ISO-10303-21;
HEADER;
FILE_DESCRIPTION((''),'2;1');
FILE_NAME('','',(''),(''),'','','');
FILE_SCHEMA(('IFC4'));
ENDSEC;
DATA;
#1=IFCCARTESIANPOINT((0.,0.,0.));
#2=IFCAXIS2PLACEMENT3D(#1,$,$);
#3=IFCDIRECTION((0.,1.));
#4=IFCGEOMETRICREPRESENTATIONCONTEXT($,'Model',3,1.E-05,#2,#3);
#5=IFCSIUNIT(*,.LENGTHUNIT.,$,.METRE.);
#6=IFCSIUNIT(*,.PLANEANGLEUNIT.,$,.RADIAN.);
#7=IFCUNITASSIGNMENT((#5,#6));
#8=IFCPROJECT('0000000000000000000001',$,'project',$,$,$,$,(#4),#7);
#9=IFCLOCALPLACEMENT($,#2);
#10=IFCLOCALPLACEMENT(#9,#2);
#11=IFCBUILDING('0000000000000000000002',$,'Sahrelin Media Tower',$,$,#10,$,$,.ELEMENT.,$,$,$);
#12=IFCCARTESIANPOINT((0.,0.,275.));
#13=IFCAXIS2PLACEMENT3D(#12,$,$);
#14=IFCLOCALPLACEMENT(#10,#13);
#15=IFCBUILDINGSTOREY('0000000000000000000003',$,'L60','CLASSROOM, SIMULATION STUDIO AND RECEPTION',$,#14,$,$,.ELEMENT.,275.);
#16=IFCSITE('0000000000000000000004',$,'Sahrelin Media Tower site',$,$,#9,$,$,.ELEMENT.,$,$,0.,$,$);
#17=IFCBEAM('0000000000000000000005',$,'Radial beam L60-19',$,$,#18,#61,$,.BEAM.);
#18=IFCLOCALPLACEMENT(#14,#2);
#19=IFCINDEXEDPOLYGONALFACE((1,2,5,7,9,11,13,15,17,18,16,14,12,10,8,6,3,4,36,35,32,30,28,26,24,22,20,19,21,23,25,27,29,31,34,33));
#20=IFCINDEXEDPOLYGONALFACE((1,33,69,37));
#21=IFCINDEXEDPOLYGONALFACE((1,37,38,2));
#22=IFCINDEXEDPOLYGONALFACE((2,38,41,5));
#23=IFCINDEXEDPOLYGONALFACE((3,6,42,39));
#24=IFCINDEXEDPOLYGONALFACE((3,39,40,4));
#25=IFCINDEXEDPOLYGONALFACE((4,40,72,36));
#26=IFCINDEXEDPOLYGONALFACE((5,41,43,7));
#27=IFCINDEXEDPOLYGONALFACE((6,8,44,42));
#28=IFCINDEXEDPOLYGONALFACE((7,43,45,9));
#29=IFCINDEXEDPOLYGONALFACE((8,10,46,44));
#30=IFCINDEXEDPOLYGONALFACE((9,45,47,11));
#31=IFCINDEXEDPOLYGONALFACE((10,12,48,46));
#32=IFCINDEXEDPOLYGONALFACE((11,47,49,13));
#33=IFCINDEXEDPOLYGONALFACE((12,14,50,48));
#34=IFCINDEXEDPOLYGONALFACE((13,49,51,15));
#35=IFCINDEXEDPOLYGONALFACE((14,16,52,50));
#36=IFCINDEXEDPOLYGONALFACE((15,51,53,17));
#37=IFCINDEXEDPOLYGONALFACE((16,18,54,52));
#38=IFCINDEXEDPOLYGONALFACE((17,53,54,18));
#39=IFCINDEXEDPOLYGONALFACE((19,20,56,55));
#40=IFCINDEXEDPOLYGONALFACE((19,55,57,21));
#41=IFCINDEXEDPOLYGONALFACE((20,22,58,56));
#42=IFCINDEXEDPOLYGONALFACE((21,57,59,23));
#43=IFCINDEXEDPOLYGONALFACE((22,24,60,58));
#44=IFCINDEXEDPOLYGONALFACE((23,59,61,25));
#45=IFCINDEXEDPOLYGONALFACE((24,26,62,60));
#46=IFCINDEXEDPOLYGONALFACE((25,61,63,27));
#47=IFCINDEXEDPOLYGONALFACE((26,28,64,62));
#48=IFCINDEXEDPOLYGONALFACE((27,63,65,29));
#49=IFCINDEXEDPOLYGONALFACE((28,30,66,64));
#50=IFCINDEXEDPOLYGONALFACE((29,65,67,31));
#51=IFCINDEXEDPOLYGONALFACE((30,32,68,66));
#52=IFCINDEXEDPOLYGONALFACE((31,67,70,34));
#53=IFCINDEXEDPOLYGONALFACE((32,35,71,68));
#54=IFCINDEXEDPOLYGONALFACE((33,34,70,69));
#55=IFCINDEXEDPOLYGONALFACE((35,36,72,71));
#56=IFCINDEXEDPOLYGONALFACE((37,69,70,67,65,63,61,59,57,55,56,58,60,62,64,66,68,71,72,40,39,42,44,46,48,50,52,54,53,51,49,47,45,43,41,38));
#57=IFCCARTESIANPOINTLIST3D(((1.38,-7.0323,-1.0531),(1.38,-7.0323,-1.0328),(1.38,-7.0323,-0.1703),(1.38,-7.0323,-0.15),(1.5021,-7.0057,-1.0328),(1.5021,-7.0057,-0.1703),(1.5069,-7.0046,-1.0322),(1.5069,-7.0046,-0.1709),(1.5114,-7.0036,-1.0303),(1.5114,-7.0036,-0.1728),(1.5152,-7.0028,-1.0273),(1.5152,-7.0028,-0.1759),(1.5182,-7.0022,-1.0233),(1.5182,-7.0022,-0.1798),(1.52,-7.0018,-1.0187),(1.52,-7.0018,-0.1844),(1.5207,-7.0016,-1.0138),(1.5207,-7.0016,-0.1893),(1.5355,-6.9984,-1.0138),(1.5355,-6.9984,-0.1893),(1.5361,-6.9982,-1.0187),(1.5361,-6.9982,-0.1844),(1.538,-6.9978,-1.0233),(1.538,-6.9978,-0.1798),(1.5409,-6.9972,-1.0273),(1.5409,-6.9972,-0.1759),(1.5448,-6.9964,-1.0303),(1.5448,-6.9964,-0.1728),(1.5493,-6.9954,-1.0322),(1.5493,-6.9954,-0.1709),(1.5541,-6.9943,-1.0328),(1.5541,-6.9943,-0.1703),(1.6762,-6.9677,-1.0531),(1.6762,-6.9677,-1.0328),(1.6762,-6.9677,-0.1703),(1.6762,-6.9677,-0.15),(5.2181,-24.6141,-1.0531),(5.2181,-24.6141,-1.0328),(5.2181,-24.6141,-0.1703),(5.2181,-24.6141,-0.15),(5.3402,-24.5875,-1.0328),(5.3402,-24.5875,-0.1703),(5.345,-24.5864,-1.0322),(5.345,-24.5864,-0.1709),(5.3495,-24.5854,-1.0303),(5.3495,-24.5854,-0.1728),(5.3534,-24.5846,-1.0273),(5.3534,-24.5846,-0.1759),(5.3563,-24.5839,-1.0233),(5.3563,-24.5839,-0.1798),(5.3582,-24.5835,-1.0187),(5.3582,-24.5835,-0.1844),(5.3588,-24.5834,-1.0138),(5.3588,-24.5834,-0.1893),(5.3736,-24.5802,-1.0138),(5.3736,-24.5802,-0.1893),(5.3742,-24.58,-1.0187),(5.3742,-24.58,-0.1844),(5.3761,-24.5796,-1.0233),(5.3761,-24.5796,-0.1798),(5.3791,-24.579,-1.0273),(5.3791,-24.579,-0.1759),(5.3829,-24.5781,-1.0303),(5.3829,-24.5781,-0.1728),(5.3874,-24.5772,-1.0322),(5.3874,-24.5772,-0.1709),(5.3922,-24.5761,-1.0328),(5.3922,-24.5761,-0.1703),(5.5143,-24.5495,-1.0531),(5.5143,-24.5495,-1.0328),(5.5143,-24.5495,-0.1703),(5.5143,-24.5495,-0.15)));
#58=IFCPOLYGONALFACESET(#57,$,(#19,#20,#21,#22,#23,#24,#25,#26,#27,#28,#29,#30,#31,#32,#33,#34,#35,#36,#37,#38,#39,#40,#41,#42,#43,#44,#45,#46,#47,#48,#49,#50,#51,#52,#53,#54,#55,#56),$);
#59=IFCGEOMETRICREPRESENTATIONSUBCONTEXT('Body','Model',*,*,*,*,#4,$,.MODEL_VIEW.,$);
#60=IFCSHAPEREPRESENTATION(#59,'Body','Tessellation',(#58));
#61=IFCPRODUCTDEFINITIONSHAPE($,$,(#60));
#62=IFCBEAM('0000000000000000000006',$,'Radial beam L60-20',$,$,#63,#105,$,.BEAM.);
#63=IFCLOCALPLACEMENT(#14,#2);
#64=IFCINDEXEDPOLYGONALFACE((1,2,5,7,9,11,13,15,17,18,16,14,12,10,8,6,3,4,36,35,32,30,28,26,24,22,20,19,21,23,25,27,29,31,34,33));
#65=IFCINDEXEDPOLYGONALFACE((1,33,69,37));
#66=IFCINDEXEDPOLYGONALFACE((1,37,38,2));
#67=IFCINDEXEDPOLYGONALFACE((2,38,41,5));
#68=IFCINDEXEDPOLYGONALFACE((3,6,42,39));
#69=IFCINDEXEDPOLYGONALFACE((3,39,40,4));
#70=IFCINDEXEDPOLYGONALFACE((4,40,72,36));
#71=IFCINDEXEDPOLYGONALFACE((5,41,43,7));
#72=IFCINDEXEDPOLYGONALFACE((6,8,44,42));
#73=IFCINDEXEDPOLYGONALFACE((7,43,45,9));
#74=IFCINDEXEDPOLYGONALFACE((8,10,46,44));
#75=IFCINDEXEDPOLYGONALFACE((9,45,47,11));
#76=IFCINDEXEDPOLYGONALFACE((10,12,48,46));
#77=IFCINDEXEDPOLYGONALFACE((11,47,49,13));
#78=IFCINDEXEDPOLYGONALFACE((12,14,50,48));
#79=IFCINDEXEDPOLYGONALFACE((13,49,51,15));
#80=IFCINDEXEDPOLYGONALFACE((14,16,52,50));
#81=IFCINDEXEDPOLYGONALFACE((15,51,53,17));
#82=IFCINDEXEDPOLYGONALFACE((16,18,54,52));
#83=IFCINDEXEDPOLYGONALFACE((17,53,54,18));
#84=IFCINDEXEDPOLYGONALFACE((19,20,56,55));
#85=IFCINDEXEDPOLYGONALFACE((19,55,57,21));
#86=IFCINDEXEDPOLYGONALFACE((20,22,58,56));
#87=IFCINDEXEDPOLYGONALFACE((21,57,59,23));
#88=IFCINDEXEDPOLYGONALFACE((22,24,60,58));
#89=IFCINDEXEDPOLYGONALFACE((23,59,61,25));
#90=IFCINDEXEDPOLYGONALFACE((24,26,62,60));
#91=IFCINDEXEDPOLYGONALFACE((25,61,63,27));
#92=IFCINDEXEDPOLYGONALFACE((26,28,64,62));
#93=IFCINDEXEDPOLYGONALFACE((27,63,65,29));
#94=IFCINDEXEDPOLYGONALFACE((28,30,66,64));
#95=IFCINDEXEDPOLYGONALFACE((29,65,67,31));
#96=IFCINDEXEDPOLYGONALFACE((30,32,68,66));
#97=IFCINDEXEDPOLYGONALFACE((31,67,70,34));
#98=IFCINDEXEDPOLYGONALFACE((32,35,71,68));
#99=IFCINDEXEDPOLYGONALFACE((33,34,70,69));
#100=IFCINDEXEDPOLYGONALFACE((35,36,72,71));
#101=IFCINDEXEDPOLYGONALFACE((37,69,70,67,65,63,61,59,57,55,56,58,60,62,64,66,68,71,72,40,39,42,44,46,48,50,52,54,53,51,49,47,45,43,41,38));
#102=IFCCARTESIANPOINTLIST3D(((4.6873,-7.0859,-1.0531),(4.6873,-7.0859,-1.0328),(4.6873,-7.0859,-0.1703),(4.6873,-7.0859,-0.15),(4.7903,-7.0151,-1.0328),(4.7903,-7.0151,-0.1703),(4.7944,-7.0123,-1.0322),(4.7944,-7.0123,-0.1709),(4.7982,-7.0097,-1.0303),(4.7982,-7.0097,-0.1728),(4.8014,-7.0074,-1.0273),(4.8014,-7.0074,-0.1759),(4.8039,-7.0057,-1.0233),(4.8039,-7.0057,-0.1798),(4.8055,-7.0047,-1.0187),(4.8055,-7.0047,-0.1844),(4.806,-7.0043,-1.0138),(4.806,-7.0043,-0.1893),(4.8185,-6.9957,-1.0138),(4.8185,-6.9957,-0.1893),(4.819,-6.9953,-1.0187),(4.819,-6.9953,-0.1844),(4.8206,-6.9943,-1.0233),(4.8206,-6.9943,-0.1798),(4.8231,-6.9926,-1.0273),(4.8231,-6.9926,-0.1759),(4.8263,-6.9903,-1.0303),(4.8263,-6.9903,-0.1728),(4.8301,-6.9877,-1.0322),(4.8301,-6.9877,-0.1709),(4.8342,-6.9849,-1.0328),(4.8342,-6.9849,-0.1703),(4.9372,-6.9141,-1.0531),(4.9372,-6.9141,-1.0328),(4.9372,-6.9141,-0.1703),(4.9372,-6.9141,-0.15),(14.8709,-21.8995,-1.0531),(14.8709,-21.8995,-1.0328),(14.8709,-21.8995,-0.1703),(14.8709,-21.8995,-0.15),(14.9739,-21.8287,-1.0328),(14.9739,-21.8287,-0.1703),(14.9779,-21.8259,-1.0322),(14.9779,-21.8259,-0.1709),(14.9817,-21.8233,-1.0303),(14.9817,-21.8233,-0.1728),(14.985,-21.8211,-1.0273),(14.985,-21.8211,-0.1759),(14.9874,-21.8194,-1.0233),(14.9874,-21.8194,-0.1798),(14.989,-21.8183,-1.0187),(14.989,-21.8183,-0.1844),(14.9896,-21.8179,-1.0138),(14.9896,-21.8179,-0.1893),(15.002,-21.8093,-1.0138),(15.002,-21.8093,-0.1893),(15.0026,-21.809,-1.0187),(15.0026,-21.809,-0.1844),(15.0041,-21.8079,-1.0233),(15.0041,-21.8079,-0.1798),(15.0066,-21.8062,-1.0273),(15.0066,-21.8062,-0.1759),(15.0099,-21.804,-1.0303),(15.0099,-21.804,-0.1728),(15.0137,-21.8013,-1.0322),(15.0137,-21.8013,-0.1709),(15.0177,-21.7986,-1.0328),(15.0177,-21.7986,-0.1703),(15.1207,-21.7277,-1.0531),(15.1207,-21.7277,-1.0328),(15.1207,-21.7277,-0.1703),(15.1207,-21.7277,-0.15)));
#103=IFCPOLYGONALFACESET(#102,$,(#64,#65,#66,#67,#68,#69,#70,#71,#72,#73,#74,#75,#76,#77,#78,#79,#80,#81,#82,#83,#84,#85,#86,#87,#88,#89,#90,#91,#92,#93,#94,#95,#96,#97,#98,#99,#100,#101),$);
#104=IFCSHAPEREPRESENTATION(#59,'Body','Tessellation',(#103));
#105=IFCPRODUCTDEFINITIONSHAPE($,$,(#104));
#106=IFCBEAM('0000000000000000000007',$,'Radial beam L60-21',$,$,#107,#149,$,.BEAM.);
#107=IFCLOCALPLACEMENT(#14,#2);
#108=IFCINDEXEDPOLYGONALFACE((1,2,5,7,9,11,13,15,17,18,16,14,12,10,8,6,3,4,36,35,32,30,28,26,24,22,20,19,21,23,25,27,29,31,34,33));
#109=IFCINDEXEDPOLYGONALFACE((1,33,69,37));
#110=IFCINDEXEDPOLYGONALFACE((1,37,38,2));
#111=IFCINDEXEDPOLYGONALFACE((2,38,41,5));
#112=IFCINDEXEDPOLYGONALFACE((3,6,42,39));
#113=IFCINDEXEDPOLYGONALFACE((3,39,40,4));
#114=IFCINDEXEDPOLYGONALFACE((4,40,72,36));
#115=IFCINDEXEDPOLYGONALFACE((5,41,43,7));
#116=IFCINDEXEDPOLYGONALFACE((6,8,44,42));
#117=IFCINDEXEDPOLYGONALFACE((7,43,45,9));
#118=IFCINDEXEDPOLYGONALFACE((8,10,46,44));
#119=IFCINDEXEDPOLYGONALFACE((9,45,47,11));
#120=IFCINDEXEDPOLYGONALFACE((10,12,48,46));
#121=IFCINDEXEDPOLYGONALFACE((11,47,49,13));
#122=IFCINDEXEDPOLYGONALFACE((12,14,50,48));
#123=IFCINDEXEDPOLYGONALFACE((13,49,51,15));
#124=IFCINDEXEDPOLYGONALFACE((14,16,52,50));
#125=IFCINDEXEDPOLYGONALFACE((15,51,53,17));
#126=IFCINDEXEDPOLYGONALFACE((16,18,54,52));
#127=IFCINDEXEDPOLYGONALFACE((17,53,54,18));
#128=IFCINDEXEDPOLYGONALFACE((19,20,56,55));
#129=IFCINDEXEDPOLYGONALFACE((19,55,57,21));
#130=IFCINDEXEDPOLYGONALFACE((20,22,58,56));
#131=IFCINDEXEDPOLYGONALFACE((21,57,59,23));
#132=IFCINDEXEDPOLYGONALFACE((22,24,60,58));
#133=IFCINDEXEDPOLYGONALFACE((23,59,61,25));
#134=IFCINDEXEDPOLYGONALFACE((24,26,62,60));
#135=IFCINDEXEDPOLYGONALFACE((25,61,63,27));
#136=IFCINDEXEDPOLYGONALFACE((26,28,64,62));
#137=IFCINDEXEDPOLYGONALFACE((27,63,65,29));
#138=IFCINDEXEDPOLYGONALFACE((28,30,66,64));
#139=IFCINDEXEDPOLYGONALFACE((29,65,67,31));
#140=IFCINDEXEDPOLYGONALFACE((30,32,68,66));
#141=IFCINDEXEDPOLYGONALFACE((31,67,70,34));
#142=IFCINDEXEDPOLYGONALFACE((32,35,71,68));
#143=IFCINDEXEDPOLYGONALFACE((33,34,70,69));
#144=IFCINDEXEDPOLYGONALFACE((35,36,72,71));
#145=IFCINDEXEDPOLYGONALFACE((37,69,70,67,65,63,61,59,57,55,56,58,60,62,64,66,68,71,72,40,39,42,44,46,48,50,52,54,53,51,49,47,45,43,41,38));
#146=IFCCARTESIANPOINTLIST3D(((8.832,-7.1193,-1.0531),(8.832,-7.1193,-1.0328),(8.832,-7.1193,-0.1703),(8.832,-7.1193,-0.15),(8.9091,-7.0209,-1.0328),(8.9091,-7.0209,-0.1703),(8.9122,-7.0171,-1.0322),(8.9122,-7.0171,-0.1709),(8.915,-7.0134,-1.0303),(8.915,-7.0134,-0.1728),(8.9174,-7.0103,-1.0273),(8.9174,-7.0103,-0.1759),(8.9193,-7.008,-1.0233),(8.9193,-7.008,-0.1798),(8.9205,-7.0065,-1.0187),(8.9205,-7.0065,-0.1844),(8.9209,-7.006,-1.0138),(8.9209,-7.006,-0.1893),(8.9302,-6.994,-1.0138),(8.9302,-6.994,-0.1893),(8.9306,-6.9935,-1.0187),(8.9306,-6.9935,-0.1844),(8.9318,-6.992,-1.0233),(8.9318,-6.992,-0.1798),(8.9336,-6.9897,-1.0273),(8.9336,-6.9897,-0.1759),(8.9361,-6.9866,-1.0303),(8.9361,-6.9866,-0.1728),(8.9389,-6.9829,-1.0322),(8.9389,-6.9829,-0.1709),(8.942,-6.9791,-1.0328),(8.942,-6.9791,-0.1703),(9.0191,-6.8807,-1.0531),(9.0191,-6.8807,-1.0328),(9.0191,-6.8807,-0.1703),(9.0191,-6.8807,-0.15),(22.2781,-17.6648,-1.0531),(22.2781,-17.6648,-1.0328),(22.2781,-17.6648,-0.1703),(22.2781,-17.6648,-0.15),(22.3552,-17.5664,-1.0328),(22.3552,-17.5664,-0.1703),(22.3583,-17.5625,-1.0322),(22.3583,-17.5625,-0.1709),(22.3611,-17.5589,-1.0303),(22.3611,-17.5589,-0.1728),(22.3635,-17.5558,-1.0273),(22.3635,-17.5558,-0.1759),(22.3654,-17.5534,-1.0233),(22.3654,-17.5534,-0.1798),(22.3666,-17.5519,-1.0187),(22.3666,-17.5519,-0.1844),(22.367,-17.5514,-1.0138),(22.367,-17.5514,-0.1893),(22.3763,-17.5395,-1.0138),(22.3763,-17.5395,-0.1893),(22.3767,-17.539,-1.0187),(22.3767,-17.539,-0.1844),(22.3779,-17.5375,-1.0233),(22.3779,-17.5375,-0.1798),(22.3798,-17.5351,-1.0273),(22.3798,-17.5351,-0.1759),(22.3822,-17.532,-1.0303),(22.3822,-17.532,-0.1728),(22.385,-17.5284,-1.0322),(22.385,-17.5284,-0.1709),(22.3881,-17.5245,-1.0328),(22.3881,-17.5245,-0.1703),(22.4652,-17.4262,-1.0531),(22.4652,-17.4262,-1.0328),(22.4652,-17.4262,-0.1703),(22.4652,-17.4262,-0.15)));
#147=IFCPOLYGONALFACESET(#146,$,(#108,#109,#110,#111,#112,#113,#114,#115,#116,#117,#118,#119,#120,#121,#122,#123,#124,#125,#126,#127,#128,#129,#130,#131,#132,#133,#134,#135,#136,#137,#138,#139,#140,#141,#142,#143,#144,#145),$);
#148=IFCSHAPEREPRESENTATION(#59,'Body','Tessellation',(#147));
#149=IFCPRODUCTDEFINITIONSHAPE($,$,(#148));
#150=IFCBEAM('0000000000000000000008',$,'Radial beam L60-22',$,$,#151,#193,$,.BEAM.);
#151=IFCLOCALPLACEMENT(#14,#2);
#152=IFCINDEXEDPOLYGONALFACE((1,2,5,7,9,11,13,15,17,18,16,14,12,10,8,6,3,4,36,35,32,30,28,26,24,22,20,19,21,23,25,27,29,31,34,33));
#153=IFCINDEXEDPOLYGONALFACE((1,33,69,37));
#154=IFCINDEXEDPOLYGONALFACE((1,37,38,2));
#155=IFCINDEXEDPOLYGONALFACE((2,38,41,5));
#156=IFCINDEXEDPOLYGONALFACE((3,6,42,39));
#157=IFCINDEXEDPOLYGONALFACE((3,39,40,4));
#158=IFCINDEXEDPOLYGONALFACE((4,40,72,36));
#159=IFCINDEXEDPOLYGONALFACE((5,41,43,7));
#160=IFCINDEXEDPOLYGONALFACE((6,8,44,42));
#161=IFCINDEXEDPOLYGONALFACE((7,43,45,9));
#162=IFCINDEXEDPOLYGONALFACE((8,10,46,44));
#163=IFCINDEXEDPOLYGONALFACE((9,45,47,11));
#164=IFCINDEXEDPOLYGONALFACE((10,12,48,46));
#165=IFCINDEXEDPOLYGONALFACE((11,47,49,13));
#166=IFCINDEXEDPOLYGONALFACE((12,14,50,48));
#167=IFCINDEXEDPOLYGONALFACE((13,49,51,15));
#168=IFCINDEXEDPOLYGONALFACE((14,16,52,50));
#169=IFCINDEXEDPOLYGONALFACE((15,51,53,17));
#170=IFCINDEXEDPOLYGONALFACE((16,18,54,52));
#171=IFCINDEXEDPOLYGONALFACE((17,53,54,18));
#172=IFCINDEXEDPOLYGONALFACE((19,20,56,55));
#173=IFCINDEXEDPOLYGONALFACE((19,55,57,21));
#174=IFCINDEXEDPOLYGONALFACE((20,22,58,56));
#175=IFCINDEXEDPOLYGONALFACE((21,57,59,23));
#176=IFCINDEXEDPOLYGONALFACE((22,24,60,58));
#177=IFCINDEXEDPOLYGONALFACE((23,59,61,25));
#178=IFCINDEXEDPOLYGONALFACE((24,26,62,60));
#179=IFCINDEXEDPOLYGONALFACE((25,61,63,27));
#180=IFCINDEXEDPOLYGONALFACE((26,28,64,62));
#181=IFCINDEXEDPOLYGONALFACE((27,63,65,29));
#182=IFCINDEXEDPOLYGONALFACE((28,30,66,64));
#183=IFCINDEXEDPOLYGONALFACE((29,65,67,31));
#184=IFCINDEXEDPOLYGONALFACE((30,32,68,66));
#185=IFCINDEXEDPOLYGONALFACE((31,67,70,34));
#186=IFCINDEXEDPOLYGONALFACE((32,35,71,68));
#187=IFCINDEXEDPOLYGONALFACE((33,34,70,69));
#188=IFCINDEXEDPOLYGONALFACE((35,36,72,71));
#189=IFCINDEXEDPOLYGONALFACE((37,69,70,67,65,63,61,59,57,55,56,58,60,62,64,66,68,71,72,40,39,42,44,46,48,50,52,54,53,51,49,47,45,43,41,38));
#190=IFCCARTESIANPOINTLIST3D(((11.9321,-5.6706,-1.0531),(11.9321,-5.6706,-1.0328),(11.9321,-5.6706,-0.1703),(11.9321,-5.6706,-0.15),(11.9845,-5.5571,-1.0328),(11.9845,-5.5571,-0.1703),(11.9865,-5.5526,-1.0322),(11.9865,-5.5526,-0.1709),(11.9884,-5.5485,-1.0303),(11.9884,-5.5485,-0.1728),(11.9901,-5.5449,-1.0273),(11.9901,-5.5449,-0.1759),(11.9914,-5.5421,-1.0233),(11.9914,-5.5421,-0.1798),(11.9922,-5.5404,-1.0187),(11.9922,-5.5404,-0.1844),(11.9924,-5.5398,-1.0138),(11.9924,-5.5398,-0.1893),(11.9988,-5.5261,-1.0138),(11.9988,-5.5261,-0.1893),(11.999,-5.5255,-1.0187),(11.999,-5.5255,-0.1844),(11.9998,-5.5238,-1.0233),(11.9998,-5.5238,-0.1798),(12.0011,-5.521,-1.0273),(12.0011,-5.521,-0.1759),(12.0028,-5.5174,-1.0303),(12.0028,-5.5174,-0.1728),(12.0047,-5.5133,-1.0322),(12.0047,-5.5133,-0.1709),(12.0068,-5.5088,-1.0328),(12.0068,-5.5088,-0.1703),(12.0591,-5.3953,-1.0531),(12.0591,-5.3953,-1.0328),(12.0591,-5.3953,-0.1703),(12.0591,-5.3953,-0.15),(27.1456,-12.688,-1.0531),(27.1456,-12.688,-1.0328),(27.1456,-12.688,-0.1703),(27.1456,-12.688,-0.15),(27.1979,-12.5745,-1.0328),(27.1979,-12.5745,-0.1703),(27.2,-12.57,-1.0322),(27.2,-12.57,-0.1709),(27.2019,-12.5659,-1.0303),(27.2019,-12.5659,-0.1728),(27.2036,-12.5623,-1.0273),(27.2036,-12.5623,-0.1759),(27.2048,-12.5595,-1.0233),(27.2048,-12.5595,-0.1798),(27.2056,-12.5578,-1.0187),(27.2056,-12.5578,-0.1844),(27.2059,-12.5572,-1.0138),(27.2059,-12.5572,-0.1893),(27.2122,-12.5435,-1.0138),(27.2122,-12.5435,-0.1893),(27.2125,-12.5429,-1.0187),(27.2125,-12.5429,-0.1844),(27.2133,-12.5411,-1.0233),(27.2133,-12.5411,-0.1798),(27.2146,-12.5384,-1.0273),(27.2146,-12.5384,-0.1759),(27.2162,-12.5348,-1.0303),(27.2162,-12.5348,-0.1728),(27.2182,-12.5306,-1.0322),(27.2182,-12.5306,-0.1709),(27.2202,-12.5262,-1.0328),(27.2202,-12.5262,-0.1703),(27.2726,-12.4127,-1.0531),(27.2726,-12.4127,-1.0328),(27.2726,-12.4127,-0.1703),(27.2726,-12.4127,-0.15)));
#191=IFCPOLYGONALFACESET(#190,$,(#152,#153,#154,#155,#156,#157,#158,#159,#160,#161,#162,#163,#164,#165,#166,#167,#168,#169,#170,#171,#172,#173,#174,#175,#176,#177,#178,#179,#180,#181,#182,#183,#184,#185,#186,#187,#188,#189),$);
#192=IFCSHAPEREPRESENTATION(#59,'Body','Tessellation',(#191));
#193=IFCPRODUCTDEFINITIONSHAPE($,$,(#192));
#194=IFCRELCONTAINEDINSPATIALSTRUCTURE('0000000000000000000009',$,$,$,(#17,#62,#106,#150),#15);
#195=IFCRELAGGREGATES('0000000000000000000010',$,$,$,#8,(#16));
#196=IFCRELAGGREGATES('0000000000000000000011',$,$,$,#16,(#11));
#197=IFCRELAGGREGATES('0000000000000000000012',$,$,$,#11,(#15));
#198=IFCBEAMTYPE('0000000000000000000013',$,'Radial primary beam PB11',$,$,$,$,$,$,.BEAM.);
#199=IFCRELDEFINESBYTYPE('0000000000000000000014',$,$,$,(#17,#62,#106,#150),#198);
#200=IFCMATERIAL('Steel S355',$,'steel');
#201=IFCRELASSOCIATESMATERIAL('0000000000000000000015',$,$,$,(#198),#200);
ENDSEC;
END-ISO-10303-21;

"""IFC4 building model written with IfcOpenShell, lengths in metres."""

from ifc_helpers import new_model, si_unit, direction, frame, origin, origin_2d, place, context, subcontext, project, spatial, i_section, extrude, material, material_profile, profile_set, type_object, element, save


model = new_model("IFC4")

# Units and contexts
model_context = context("Model", 3, precision=1e-05, world=origin(), true_north=direction((0.0, 1.0)))
body_context = subcontext(model_context, "Body", "Model", "MODEL_VIEW")
ifc_project = project(units=[si_unit("LENGTHUNIT", "METRE"), si_unit("PLANEANGLEUNIT", "RADIAN")], contexts=[model_context])

# Site, building, storey
site_placement = place(None, origin())
site = spatial("IfcSite", under=ifc_project, at=site_placement, Name="Sahrelin Media Tower site", CompositionType="ELEMENT", RefElevation=0.0)
building_placement = place(site_placement, origin())
building = spatial("IfcBuilding", under=site, at=building_placement, Name="Sahrelin Media Tower", CompositionType="ELEMENT")
storey_placement = place(building_placement, frame((0.0, 0.0, 275.0)))
storey = spatial("IfcBuildingStorey", under=building, at=storey_placement, Name="L60", Description="CLASSROOM, SIMULATION STUDIO AND RECEPTION", CompositionType="ELEMENT", Elevation=275.0)

# Beams
ifc_material_1 = material(Name="Steel S355", Category="steel")
ifc_material_profile_1 = material_profile(ifc_material_1, i_section(OverallWidth=0.3032, OverallDepth=0.9031, WebThickness=0.0151, FlangeThickness=0.0203, FilletRadius=0.019, at=origin_2d()), Name="UB 914x305x201")
ifc_profile_set_1 = profile_set([ifc_material_profile_1], Name="Steel S355")
beam_type_1 = type_object("IfcBeamType", Name="Radial primary beam PB11", PredefinedType="BEAM", material=ifc_profile_set_1)
beam_1_placement = place(storey_placement, frame((1.5281, -7.0, -0.6016), z_axis=(0.213279, -0.976991, 0.0), x_axis=(0.976991, 0.213279, 0.0)))
element("IfcBeam", 1, at=beam_1_placement, inside=storey, type_object=beam_type_1, Name="Radial beam L60-19", PredefinedType="BEAM", context=body_context, shape_type="SweptSolid", body=[
    extrude(i_section(OverallWidth=0.3032, OverallDepth=0.9031, WebThickness=0.0151, FlangeThickness=0.0203, FilletRadius=0.019, at=origin_2d()), origin(), (0.0, 0.0, 1.0), 17.9958),
])
beam_2_placement = place(storey_placement, frame((4.8123, -7.0, -0.6016), z_axis=(0.566497, -0.824064, 0.0), x_axis=(0.824064, 0.566497, 0.0)))
element("IfcBeam", 2, at=beam_2_placement, inside=storey, type_object=beam_type_1, Name="Radial beam L60-20", PredefinedType="BEAM", context=body_context, shape_type="SweptSolid", body=[
    extrude(i_section(OverallWidth=0.3032, OverallDepth=0.9031, WebThickness=0.0151, FlangeThickness=0.0203, FilletRadius=0.019, at=origin_2d()), origin(), (0.0, 0.0, 1.0), 17.9763),
])
beam_3_placement = place(storey_placement, frame((8.9255, -7.0, -0.6016), z_axis=(0.786868, -0.617122, 0.0), x_axis=(0.617122, 0.786868, 0.0)))
element("IfcBeam", 3, at=beam_3_placement, inside=storey, type_object=beam_type_1, Name="Radial beam L60-21", PredefinedType="BEAM", context=body_context, shape_type="SweptSolid", body=[
    extrude(i_section(OverallWidth=0.3032, OverallDepth=0.9031, WebThickness=0.0151, FlangeThickness=0.0203, FilletRadius=0.019, at=origin_2d()), origin(), (0.0, 0.0, 1.0), 17.0881),
])
beam_4_placement = place(storey_placement, frame((11.9956, -5.533, -0.6016), z_axis=(0.908055, -0.41885, 0.0), x_axis=(0.41885, 0.908055, 0.0)))
element("IfcBeam", 4, at=beam_4_placement, inside=storey, type_object=beam_type_1, Name="Radial beam L60-22", PredefinedType="BEAM", context=body_context, shape_type="SweptSolid", body=[
    extrude(i_section(OverallWidth=0.3032, OverallDepth=0.9031, WebThickness=0.0151, FlangeThickness=0.0203, FilletRadius=0.019, at=origin_2d()), origin(), (0.0, 0.0, 1.0), 16.7539),
])

save(model, "model.ifc")
